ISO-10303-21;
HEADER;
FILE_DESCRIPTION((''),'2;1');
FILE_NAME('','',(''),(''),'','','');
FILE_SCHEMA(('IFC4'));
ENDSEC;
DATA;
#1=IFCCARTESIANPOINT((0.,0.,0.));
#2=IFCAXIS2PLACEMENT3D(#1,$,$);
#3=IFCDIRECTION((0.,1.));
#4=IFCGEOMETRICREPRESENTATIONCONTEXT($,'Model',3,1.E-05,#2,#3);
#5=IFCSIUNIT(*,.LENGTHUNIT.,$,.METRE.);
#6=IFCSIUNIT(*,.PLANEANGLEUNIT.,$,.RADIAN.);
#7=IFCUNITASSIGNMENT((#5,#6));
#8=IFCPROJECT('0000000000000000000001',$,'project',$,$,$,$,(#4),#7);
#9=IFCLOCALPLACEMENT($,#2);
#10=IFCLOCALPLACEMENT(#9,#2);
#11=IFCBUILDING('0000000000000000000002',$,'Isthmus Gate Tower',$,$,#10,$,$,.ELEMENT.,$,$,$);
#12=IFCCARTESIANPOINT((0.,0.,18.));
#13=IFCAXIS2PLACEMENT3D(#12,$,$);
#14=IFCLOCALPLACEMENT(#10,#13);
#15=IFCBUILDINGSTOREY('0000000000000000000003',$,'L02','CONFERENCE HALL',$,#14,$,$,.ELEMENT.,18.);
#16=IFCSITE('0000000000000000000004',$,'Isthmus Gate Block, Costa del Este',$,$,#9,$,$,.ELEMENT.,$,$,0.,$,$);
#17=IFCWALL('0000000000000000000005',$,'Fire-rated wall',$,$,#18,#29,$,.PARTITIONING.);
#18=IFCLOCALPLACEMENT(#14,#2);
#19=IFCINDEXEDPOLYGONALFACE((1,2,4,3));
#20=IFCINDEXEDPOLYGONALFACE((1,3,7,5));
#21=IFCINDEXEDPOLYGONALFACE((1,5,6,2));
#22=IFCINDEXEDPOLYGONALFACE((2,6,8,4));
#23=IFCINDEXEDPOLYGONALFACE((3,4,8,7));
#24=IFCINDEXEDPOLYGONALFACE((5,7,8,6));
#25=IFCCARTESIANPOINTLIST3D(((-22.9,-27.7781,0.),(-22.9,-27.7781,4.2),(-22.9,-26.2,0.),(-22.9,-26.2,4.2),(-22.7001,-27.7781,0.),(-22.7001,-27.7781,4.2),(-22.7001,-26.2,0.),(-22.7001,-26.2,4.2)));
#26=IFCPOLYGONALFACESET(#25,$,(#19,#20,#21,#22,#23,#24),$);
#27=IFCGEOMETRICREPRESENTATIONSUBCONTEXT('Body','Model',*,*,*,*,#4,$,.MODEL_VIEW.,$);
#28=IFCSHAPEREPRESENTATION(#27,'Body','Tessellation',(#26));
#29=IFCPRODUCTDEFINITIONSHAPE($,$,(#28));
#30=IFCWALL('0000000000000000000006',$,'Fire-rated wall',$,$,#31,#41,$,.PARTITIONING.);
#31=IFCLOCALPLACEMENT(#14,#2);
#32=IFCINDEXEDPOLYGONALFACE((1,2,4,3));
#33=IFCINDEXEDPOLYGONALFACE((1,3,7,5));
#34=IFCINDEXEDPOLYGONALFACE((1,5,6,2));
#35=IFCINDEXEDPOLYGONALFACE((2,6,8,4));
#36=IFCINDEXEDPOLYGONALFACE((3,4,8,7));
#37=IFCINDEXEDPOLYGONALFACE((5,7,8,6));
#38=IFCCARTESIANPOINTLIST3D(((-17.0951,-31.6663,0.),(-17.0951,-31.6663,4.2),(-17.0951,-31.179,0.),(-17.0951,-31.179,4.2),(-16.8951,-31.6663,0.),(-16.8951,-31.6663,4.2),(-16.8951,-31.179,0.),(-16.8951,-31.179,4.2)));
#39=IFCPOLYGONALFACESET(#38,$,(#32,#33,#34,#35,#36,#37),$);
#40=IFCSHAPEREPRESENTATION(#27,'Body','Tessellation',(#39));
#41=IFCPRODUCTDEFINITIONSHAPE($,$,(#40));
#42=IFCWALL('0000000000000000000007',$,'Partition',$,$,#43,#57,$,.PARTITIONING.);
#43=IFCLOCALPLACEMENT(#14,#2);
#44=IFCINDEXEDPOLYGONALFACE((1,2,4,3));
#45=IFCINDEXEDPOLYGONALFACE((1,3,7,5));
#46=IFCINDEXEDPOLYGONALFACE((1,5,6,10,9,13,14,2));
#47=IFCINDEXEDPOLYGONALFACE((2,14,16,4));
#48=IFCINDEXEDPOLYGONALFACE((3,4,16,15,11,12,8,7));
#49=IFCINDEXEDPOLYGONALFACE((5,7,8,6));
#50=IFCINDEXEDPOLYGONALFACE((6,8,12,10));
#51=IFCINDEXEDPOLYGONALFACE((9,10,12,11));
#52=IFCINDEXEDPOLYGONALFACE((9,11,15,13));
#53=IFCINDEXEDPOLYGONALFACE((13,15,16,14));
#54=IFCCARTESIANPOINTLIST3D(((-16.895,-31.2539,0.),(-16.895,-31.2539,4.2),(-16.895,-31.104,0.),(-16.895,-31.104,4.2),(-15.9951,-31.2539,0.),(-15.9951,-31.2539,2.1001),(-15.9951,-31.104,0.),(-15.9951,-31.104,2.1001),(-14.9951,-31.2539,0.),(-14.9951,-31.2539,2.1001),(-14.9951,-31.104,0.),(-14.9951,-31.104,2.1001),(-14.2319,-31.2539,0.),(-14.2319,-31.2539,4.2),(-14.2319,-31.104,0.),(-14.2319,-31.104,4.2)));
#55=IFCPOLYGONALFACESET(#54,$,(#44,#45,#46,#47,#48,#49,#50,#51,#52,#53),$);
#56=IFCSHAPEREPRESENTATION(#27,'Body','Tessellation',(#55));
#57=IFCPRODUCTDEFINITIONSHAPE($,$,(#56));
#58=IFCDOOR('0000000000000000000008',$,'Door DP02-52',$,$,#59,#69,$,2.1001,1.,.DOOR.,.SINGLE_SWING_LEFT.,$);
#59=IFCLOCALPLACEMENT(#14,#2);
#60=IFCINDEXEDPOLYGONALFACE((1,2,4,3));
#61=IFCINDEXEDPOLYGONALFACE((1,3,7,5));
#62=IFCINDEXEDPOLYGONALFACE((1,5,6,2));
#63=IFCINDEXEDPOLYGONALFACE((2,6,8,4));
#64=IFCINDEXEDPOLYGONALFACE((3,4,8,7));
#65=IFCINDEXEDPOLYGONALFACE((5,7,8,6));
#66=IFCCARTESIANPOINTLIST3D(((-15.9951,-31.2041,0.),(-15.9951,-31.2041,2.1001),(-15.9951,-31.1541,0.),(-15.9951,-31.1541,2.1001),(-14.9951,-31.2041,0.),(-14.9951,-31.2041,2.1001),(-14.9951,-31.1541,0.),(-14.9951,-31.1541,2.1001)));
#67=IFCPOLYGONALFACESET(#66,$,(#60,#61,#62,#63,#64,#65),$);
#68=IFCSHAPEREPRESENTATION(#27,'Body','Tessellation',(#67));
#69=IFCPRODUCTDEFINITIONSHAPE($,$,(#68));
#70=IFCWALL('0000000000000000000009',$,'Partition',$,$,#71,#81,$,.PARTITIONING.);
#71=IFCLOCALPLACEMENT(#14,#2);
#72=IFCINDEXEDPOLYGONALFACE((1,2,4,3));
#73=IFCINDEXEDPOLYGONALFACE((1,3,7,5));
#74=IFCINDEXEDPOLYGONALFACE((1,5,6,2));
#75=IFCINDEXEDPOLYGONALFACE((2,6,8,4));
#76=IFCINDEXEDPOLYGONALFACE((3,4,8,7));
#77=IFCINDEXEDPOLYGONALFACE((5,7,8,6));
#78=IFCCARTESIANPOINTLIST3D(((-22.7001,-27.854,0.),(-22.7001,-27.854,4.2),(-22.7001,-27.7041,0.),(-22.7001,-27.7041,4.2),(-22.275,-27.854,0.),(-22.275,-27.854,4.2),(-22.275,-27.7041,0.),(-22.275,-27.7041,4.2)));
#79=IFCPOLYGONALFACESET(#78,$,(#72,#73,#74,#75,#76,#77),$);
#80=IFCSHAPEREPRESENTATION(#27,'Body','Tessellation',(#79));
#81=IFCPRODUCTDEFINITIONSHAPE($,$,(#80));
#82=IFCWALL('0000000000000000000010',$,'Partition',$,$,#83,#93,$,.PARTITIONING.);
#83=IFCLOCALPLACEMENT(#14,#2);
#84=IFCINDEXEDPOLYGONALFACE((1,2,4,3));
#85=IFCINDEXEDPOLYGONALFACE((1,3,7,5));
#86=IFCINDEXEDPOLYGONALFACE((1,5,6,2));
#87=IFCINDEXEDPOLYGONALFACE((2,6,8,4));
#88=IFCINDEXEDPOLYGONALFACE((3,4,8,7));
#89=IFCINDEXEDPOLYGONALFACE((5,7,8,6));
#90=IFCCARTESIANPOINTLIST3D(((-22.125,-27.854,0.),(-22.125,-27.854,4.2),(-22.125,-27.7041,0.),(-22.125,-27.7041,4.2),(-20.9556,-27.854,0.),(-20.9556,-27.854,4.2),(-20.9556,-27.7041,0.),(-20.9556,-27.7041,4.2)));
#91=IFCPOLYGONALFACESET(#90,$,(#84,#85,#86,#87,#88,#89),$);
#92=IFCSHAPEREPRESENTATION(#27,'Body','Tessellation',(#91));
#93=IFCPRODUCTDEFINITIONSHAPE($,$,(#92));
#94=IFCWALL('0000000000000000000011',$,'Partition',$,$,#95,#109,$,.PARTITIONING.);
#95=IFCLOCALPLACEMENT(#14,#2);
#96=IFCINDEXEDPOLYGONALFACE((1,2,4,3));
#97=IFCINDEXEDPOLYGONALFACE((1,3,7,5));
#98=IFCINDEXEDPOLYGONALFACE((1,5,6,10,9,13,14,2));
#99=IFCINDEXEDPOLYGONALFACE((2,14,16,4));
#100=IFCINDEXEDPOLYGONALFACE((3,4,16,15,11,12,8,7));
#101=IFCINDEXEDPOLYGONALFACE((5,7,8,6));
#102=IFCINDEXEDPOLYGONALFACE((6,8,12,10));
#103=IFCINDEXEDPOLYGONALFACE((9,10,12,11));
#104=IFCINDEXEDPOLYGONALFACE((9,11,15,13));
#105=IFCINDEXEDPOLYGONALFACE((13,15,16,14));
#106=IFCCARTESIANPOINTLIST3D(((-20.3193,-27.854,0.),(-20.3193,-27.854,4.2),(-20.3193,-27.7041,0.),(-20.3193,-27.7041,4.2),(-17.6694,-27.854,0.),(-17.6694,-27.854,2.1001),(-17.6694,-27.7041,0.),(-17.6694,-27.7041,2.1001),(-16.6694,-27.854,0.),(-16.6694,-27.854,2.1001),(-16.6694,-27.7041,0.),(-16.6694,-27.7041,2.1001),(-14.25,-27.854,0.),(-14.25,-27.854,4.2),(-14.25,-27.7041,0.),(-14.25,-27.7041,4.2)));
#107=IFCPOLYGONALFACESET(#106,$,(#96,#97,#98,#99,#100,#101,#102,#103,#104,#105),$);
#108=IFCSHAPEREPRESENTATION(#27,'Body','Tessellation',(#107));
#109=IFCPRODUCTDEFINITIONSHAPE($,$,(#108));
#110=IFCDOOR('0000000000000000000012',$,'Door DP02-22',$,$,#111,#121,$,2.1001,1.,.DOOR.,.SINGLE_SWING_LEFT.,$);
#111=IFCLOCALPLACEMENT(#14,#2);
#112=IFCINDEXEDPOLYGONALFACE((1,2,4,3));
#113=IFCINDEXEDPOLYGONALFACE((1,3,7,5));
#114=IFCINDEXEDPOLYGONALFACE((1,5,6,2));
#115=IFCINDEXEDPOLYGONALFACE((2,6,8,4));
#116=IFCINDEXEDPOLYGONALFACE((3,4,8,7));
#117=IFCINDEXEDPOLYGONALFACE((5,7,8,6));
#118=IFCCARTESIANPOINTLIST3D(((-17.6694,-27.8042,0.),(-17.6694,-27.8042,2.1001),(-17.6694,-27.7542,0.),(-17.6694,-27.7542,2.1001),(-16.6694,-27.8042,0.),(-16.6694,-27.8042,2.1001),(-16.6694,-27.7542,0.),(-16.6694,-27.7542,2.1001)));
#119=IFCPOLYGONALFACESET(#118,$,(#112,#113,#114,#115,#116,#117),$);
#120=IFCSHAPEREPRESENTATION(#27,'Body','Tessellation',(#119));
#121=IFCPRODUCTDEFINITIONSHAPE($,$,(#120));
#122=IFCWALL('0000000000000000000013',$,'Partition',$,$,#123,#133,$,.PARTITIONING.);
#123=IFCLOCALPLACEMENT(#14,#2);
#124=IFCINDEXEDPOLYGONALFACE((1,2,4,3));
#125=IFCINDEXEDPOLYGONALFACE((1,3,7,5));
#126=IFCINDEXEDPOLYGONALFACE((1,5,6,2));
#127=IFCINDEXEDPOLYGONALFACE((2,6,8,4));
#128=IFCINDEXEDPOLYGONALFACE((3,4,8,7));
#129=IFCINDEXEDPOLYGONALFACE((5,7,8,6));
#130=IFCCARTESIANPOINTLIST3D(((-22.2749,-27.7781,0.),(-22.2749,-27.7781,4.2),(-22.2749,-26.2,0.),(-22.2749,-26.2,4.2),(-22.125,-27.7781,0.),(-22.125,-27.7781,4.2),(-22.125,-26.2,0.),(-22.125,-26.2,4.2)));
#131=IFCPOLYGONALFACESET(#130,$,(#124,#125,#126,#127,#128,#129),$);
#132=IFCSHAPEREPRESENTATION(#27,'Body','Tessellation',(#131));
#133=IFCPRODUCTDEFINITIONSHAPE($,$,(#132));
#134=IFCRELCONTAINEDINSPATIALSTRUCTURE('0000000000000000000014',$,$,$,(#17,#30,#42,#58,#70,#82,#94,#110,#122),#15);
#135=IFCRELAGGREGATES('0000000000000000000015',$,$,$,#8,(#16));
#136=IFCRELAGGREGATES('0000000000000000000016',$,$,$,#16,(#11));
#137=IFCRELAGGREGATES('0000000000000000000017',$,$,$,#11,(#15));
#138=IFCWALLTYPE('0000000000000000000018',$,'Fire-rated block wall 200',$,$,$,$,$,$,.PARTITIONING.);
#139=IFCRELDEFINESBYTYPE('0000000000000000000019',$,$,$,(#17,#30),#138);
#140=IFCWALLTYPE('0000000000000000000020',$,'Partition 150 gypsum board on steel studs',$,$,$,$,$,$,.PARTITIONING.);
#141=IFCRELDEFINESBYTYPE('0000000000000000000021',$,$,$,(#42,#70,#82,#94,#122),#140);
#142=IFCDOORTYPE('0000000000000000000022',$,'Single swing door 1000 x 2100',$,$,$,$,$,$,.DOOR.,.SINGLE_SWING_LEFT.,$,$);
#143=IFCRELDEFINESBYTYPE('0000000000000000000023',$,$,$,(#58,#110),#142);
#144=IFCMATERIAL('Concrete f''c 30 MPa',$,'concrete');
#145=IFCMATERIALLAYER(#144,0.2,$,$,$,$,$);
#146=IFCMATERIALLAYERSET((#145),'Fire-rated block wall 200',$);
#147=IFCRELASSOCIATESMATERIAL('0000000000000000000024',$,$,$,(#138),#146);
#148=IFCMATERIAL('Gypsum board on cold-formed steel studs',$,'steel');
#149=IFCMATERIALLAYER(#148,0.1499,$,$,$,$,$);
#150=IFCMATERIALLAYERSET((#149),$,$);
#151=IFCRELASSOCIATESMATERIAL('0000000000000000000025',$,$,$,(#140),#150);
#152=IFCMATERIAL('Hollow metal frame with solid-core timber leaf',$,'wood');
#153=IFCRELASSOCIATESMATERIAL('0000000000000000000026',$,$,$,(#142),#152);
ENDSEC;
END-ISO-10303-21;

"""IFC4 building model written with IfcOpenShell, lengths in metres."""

from ifc_helpers import new_model, si_unit, direction, frame, frame_2d, origin, place, context, subcontext, project, spatial, rectangle, extrude, material, layer, layer_set, type_object, element, fill, save


model = new_model("IFC4")

# Units and contexts
model_context = context("Model", 3, precision=1e-05, world=origin(), true_north=direction((0.0, 1.0)))
body_context = subcontext(model_context, "Body", "Model", "MODEL_VIEW")
ifc_project = project(units=[si_unit("LENGTHUNIT", "METRE"), si_unit("PLANEANGLEUNIT", "RADIAN")], contexts=[model_context])

# Site, building, storey
site_placement = place(None, origin())
site = spatial("IfcSite", under=ifc_project, at=site_placement, Name="Isthmus Gate Block, Costa del Este", CompositionType="ELEMENT", RefElevation=0.0)
building_placement = place(site_placement, origin())
building = spatial("IfcBuilding", under=site, at=building_placement, Name="Isthmus Gate Tower", CompositionType="ELEMENT")
storey_placement = place(building_placement, frame((0.0, 0.0, 18.0)))
storey = spatial("IfcBuildingStorey", under=building, at=storey_placement, Name="L02", Description="CONFERENCE HALL", CompositionType="ELEMENT", Elevation=18.0)

# Walls
ifc_material_1 = material(Name="Concrete f'c 30 MPa", Category="concrete")
ifc_layer_1 = layer(ifc_material_1, 0.2)
ifc_layer_set_1 = layer_set([ifc_layer_1], Name="Fire-rated block wall 200")
wall_type_1 = type_object("IfcWallType", Name="Fire-rated block wall 200", PredefinedType="PARTITIONING", material=ifc_layer_set_1)
wall_1_placement = place(storey_placement, frame((-22.8, -27.7781, 0.0), z_axis=(0.0, 0.0, 1.0), x_axis=(0.0, 1.0, 0.0)))
element("IfcWall", 1, at=wall_1_placement, inside=storey, type_object=wall_type_1, Name="Fire-rated wall", PredefinedType="PARTITIONING", context=body_context, shape_type="SweptSolid", body=[
    extrude(rectangle(XDim=1.5781, YDim=0.2, at=frame_2d((0.7891, 0.0))), origin(), (0.0, 0.0, 1.0), 4.2),
])
wall_2_placement = place(storey_placement, frame((-16.9951, -31.6663, 0.0), z_axis=(0.0, 0.0, 1.0), x_axis=(0.0, 1.0, 0.0)))
element("IfcWall", 2, at=wall_2_placement, inside=storey, type_object=wall_type_1, Name="Fire-rated wall", PredefinedType="PARTITIONING", context=body_context, shape_type="SweptSolid", body=[
    extrude(rectangle(XDim=0.4873, YDim=0.2, at=frame_2d((0.2437, 0.0))), origin(), (0.0, 0.0, 1.0), 4.2),
])

# Wall, opening, door
ifc_material_2 = material(Name="Gypsum board on cold-formed steel studs", Category="steel")
ifc_layer_2 = layer(ifc_material_2, 0.1499)
ifc_layer_set_2 = layer_set([ifc_layer_2])
wall_type_2 = type_object("IfcWallType", Name="Partition 150 gypsum board on steel studs", PredefinedType="PARTITIONING", material=ifc_layer_set_2)
wall_3_placement = place(storey_placement, frame((-16.895, -31.179, 0.0), z_axis=(0.0, 0.0, 1.0), x_axis=(1.0, 0.0, 0.0)))
wall_3 = element("IfcWall", 3, at=wall_3_placement, inside=storey, type_object=wall_type_2, Name="Partition", PredefinedType="PARTITIONING", context=body_context, shape_type="SweptSolid", body=[
    extrude(rectangle(XDim=2.6631, YDim=0.1499, at=frame_2d((1.3315, 0.0))), origin(), (0.0, 0.0, 1.0), 4.2),
])
opening_1_placement = place(wall_3_placement, frame((0.8999, 0.0, 0.0)))
opening_1 = element("IfcOpeningElement", 4, at=opening_1_placement, cuts=wall_3, PredefinedType="OPENING", context=body_context, shape_type="SweptSolid", body=[
    extrude(rectangle(XDim=1.0, YDim=2.1001, at=frame_2d((0.5, 1.05))), frame((0.0, 0.085, 0.0), z_axis=(0.0, -1.0, 0.0), x_axis=(1.0, 0.0, 0.0)), (0.0, 0.0, 1.0), 0.1699),
])
ifc_material_3 = material(Name="Hollow metal frame with solid-core timber leaf", Category="wood")
door_type = type_object("IfcDoorType", Name="Single swing door 1000 x 2100", OperationType="SINGLE_SWING_LEFT", PredefinedType="DOOR", material=ifc_material_3)
door_1_placement = place(opening_1_placement, origin())
door_1 = element("IfcDoor", 5, at=door_1_placement, inside=storey, type_object=door_type, Name="Door DP02-52", OperationType="SINGLE_SWING_LEFT", OverallHeight=2.1001, OverallWidth=1.0, PredefinedType="DOOR", context=body_context, shape_type="SweptSolid", body=[
    extrude(rectangle(XDim=1.0, YDim=2.1001, at=frame_2d((0.5, 1.05))), frame((0.0, 0.0249, 0.0), z_axis=(0.0, -1.0, 0.0), x_axis=(1.0, 0.0, 0.0)), (0.0, 0.0, 1.0), 0.05),
])
fill(opening_1, door_1)

# Walls
wall_4_placement = place(storey_placement, frame((-22.7, -27.7791, 0.0), z_axis=(0.0, 0.0, 1.0), x_axis=(1.0, 0.0, 0.0)))
element("IfcWall", 6, at=wall_4_placement, inside=storey, type_object=wall_type_2, Name="Partition", PredefinedType="PARTITIONING", context=body_context, shape_type="SweptSolid", body=[
    extrude(rectangle(XDim=0.425, YDim=0.1499, at=frame_2d((0.2124, 0.0))), origin(), (0.0, 0.0, 1.0), 4.2),
])
wall_5_placement = place(storey_placement, frame((-22.125, -27.7791, 0.0), z_axis=(0.0, 0.0, 1.0), x_axis=(1.0, 0.0, 0.0)))
element("IfcWall", 7, at=wall_5_placement, inside=storey, type_object=wall_type_2, Name="Partition", PredefinedType="PARTITIONING", context=body_context, shape_type="SweptSolid", body=[
    extrude(rectangle(XDim=1.1694, YDim=0.1499, at=frame_2d((0.5847, 0.0))), origin(), (0.0, 0.0, 1.0), 4.2),
])

# Wall, opening, door
wall_6_placement = place(storey_placement, frame((-20.3193, -27.7791, 0.0), z_axis=(0.0, 0.0, 1.0), x_axis=(1.0, 0.0, 0.0)))
wall_6 = element("IfcWall", 8, at=wall_6_placement, inside=storey, type_object=wall_type_2, Name="Partition", PredefinedType="PARTITIONING", context=body_context, shape_type="SweptSolid", body=[
    extrude(rectangle(XDim=6.0693, YDim=0.1499, at=frame_2d((3.0347, 0.0))), origin(), (0.0, 0.0, 1.0), 4.2),
])
opening_2_placement = place(wall_6_placement, frame((2.6499, 0.0, 0.0)))
opening_2 = element("IfcOpeningElement", 9, at=opening_2_placement, cuts=wall_6, PredefinedType="OPENING", context=body_context, shape_type="SweptSolid", body=[
    extrude(rectangle(XDim=1.0, YDim=2.1001, at=frame_2d((0.5, 1.05))), frame((0.0, 0.085, 0.0), z_axis=(0.0, -1.0, 0.0), x_axis=(1.0, 0.0, 0.0)), (0.0, 0.0, 1.0), 0.1699),
])
door_2_placement = place(opening_2_placement, origin())
door_2 = element("IfcDoor", 10, at=door_2_placement, inside=storey, type_object=door_type, Name="Door DP02-22", OperationType="SINGLE_SWING_LEFT", OverallHeight=2.1001, OverallWidth=1.0, PredefinedType="DOOR", context=body_context, shape_type="SweptSolid", body=[
    extrude(rectangle(XDim=1.0, YDim=2.1001, at=frame_2d((0.5, 1.05))), frame((0.0, 0.0249, 0.0), z_axis=(0.0, -1.0, 0.0), x_axis=(1.0, 0.0, 0.0)), (0.0, 0.0, 1.0), 0.05),
])
fill(opening_2, door_2)

# Wall
wall_7_placement = place(storey_placement, frame((-22.2, -27.7781, 0.0), z_axis=(0.0, 0.0, 1.0), x_axis=(0.0, 1.0, 0.0)))
element("IfcWall", 11, at=wall_7_placement, inside=storey, type_object=wall_type_2, Name="Partition", PredefinedType="PARTITIONING", context=body_context, shape_type="SweptSolid", body=[
    extrude(rectangle(XDim=1.5781, YDim=0.1499, at=frame_2d((0.7891, 0.0))), origin(), (0.0, 0.0, 1.0), 4.2),
])

save(model, "model.ifc")
